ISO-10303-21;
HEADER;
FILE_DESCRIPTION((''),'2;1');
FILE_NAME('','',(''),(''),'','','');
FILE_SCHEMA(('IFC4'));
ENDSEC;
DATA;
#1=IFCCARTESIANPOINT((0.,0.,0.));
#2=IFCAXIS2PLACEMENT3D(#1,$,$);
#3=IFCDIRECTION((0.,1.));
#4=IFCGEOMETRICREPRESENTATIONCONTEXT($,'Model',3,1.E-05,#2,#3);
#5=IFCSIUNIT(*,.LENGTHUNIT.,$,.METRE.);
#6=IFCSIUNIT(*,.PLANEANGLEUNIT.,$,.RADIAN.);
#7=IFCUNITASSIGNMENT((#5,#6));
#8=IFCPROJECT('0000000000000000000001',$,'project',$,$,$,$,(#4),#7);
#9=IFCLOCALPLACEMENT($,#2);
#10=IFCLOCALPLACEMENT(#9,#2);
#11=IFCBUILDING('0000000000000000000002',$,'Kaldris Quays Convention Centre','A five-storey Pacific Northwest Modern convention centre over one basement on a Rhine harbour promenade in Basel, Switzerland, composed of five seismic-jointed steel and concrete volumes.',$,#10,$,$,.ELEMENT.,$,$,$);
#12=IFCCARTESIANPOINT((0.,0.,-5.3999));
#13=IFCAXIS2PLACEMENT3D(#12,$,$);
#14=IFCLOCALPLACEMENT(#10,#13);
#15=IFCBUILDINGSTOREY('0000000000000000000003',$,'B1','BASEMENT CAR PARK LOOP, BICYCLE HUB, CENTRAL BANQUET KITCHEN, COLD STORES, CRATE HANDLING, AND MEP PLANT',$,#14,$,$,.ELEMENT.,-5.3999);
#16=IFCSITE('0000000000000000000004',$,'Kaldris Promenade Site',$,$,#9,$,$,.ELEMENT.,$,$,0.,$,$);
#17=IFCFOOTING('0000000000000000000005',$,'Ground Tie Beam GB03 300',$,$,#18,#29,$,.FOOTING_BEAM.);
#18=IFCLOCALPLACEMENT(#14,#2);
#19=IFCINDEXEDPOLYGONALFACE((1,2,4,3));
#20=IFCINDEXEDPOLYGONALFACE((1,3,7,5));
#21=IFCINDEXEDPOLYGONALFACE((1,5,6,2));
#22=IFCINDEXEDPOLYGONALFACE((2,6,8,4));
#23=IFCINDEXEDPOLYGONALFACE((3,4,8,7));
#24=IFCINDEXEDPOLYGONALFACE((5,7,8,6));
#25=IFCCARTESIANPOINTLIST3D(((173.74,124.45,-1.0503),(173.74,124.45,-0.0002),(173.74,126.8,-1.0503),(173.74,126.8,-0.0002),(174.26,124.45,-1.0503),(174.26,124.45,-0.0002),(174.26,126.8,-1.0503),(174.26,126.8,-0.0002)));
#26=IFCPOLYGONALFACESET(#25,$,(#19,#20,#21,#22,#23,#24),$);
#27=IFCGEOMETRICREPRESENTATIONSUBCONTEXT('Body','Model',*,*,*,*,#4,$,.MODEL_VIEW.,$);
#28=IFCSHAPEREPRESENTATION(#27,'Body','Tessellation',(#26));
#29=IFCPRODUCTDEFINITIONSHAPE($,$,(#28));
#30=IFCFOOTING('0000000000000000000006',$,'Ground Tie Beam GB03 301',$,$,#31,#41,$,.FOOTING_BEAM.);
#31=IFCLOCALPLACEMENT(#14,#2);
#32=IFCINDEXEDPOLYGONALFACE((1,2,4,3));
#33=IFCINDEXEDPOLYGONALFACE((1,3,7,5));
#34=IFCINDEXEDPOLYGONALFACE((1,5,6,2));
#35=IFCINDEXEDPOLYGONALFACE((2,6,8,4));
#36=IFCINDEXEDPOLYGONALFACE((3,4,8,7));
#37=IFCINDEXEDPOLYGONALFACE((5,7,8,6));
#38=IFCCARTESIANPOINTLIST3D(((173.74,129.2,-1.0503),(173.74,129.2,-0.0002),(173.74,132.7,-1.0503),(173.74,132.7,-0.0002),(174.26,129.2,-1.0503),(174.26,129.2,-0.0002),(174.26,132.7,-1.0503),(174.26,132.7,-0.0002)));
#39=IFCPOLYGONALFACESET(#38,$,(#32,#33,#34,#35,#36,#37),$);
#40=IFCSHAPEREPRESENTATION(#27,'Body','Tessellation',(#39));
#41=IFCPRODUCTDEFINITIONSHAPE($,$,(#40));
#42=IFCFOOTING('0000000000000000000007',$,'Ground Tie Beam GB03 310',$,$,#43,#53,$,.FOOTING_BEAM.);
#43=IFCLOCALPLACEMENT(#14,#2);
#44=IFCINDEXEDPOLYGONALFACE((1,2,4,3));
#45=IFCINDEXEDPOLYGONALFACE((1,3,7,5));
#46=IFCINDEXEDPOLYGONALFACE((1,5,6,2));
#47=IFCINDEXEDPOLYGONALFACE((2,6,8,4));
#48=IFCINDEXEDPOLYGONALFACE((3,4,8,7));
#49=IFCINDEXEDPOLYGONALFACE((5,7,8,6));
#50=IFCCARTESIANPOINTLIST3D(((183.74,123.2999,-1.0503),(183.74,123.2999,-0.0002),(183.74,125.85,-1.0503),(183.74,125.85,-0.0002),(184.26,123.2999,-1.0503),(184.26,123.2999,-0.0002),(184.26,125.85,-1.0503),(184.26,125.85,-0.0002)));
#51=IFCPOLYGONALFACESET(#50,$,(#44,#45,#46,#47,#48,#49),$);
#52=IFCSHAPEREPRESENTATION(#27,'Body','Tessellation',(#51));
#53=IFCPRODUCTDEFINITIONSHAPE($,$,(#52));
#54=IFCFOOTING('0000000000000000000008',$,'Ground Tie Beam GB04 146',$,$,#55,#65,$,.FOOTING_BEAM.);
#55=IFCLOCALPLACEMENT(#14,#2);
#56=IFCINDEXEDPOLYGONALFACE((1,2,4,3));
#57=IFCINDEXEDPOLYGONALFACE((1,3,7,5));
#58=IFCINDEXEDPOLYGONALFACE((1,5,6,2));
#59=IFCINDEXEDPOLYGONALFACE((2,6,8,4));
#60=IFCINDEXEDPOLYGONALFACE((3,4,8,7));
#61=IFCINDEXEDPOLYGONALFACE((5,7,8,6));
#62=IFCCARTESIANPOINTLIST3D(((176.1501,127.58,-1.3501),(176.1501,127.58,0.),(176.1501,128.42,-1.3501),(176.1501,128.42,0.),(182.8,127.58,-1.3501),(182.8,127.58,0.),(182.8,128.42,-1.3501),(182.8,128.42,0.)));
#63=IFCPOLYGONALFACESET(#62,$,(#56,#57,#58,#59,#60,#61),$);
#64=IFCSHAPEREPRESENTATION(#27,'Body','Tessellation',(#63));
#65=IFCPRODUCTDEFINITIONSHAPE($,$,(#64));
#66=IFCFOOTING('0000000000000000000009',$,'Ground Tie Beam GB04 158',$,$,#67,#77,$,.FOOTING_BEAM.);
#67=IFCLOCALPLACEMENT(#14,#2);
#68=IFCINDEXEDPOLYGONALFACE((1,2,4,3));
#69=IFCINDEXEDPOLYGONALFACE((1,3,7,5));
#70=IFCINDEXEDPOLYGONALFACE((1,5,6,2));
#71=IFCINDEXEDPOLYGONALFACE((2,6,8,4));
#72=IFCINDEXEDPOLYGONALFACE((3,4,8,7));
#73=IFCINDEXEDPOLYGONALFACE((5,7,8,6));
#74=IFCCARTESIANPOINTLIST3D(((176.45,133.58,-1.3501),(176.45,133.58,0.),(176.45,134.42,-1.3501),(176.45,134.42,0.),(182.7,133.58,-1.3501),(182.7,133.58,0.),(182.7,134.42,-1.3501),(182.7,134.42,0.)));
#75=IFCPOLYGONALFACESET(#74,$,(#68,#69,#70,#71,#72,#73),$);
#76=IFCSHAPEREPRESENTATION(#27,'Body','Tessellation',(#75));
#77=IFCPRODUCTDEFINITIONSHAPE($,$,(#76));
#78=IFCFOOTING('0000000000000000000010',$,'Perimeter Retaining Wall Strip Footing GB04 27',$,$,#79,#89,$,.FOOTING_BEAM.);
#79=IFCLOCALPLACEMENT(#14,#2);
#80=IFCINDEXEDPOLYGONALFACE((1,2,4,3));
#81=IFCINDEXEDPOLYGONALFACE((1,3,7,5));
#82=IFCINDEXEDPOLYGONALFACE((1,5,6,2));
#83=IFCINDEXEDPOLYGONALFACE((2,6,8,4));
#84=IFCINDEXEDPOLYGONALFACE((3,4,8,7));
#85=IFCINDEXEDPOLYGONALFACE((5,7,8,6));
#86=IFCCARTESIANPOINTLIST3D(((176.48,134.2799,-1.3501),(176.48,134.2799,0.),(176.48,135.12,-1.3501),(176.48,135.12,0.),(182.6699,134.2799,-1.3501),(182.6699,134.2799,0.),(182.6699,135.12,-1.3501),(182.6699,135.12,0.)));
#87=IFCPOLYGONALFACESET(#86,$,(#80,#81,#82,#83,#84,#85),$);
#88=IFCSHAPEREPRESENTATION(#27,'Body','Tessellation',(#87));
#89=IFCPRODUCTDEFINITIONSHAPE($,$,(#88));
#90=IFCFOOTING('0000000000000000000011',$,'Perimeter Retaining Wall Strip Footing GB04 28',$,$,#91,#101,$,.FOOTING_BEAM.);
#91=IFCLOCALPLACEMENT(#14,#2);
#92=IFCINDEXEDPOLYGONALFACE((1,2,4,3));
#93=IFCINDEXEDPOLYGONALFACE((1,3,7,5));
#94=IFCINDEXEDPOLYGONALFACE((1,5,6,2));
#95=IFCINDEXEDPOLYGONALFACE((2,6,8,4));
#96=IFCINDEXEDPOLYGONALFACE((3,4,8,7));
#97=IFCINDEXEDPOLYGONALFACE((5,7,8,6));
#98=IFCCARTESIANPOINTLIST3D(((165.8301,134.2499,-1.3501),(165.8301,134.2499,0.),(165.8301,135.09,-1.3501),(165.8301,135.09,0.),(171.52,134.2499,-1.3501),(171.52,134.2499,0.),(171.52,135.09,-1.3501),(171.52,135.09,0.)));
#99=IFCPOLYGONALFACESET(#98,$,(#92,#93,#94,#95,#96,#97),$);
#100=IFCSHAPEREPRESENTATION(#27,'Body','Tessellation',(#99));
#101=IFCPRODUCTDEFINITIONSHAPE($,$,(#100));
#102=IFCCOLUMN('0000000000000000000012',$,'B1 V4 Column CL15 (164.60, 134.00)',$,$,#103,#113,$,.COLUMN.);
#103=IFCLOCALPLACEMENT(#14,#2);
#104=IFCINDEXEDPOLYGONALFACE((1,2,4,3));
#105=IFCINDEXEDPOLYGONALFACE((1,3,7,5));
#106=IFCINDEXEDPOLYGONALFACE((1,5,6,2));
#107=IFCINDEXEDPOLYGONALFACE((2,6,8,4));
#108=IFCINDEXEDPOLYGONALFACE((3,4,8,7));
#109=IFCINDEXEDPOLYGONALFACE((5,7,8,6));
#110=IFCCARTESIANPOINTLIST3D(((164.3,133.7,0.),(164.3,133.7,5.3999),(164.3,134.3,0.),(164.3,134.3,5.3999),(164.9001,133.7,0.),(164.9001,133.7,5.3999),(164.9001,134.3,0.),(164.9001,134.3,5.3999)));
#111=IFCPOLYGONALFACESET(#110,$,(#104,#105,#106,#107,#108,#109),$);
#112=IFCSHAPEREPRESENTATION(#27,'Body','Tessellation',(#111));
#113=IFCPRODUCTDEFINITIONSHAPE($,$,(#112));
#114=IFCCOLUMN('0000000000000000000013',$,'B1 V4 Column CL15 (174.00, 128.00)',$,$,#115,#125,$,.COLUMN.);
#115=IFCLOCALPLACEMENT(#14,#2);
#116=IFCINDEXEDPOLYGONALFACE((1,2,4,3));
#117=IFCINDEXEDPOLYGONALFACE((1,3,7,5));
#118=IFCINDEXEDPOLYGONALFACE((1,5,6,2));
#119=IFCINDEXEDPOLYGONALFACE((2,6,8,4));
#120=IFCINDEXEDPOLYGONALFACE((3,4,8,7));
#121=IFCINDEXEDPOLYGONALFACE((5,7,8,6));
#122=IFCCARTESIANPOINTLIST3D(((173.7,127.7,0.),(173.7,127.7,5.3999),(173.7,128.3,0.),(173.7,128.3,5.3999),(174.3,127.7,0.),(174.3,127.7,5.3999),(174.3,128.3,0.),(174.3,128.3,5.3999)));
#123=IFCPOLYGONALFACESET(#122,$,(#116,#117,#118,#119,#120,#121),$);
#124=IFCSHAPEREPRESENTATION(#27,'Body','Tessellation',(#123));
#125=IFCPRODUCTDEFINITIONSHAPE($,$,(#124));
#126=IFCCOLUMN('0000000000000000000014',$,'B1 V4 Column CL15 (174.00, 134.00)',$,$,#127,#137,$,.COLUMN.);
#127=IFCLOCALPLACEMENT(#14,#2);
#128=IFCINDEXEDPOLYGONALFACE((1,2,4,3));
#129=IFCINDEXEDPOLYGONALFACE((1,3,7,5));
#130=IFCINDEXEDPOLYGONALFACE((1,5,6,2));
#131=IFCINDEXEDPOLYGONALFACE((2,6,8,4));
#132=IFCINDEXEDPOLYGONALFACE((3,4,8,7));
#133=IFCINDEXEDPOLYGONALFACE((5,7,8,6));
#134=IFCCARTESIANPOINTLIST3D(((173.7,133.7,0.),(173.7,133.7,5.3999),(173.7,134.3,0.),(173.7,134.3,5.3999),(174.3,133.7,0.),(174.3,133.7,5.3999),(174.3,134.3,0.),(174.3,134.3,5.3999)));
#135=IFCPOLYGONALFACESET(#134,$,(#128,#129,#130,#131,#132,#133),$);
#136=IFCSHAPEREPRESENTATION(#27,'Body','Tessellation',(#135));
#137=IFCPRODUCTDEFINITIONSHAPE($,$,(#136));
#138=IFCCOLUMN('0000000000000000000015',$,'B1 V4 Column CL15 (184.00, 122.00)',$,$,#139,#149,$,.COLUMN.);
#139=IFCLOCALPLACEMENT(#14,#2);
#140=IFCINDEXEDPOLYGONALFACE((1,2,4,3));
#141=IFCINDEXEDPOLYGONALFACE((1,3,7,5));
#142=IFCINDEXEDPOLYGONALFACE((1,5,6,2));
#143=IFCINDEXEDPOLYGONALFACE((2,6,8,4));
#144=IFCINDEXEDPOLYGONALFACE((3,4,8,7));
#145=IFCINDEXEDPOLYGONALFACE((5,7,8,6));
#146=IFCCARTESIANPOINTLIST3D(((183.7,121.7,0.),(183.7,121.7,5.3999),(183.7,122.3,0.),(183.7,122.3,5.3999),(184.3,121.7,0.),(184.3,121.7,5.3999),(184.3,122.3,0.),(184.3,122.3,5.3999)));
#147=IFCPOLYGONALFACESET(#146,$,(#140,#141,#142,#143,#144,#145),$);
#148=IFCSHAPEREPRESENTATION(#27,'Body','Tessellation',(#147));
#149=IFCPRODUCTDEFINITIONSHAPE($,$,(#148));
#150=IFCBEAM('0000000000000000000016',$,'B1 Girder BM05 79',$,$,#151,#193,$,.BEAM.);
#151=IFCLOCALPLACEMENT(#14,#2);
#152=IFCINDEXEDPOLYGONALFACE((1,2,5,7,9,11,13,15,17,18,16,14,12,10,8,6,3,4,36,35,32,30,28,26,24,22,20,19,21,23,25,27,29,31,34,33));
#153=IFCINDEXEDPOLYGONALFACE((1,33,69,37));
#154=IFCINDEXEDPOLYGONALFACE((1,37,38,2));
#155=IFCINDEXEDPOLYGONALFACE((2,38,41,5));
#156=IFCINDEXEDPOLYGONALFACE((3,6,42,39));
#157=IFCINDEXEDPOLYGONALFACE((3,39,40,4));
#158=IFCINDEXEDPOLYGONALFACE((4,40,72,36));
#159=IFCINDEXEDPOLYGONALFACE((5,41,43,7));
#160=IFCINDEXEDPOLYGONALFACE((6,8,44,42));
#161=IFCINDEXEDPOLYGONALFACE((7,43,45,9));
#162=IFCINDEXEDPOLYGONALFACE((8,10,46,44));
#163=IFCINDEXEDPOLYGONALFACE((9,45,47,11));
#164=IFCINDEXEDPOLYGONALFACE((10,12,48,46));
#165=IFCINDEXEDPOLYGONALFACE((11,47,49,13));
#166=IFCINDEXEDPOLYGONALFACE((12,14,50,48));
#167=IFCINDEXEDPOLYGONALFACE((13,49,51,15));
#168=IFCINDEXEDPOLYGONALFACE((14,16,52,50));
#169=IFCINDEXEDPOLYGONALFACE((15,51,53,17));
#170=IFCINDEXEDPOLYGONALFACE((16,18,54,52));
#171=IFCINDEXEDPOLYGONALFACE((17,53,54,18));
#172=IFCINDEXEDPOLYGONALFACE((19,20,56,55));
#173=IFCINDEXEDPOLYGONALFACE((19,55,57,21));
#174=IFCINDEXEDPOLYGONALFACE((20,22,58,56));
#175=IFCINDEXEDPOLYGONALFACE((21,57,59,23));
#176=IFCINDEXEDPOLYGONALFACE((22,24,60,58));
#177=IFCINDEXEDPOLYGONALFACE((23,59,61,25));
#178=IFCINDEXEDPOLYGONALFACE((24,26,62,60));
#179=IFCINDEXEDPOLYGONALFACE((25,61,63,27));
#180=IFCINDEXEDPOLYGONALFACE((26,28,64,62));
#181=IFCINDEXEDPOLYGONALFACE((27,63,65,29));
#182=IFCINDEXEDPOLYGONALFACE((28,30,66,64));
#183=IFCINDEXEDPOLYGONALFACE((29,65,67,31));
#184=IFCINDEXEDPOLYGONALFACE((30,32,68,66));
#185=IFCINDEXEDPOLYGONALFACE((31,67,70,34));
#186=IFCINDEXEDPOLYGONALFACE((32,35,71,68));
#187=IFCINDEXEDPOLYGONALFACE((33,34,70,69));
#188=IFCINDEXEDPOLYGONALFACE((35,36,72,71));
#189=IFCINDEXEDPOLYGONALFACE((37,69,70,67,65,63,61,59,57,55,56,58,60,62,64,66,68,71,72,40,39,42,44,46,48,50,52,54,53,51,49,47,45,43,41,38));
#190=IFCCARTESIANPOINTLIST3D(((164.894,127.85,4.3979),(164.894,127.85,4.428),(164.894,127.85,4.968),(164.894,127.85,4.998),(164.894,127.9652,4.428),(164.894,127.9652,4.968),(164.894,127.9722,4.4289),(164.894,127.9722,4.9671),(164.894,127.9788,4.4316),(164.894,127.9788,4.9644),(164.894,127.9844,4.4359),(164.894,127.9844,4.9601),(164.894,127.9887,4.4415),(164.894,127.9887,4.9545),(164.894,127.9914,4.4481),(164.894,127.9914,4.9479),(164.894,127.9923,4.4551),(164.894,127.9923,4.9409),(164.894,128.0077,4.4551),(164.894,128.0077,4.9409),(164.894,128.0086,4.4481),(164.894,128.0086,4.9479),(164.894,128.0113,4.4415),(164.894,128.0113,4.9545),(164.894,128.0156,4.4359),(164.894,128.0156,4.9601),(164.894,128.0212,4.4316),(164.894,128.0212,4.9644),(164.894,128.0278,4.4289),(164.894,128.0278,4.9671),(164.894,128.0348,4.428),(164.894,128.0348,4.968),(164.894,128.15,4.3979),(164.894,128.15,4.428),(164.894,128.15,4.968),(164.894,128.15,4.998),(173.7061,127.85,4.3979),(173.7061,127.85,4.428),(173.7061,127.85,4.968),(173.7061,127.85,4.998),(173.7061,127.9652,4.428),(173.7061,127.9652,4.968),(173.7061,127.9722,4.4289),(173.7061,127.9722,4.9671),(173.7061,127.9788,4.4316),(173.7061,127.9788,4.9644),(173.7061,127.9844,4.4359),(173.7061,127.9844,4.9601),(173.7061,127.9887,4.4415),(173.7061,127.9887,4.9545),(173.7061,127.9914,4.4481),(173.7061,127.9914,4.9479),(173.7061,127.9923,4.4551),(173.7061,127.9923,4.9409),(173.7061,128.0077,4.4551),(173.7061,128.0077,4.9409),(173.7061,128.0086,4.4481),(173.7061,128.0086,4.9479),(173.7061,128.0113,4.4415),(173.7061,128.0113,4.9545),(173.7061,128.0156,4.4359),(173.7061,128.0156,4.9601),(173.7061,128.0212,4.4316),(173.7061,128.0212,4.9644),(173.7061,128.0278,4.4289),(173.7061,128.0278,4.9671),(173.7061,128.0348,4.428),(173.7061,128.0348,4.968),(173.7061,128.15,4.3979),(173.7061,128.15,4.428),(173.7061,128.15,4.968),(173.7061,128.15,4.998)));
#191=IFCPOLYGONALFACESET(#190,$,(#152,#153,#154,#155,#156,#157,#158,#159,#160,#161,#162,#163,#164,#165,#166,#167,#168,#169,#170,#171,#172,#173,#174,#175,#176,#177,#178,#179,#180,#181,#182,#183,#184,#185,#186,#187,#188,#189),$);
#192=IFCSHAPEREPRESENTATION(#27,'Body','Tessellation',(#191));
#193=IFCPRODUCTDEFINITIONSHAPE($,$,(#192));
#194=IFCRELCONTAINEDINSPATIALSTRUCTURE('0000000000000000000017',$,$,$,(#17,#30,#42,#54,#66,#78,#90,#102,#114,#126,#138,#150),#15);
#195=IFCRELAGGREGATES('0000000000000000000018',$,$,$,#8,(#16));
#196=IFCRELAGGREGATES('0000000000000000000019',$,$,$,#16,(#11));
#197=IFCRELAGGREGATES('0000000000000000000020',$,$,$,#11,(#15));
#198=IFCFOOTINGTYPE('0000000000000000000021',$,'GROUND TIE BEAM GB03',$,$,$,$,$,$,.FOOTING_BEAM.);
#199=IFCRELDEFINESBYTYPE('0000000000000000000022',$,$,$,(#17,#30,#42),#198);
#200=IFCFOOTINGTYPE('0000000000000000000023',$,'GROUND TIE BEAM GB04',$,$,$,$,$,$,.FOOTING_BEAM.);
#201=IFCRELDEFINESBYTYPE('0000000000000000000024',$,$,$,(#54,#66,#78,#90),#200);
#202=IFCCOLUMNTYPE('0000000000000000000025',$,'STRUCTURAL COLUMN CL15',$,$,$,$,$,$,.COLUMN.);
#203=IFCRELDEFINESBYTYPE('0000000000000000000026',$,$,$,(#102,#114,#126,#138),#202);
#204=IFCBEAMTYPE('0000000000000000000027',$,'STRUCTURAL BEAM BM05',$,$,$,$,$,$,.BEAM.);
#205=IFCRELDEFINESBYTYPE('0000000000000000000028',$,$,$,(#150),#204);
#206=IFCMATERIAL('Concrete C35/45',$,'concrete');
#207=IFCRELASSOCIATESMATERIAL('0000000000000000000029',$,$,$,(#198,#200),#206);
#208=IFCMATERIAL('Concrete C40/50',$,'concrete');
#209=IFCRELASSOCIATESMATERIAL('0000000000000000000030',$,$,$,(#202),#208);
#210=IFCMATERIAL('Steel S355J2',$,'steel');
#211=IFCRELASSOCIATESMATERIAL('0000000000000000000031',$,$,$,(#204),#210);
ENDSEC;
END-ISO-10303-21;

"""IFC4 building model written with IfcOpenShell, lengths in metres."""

from ifc_helpers import new_model, si_unit, direction, frame, origin, origin_2d, place, context, subcontext, project, spatial, rectangle, i_section, extrude, material, material_profile, profile_set, type_object, element, save


model = new_model("IFC4")

# Units and contexts
model_context = context("Model", 3, precision=1e-05, world=origin(), true_north=direction((0.0, 1.0)))
body_context = subcontext(model_context, "Body", "Model", "MODEL_VIEW")
ifc_project = project(units=[si_unit("LENGTHUNIT", "METRE"), si_unit("PLANEANGLEUNIT", "RADIAN")], contexts=[model_context])

# Site, building, storey
site_placement = place(None, origin())
site = spatial("IfcSite", under=ifc_project, at=site_placement, Name="Kaldris Promenade Site", CompositionType="ELEMENT", RefElevation=0.0)
building_placement = place(site_placement, origin())
building = spatial("IfcBuilding", under=site, at=building_placement, Name="Kaldris Quays Convention Centre", Description="A five-storey Pacific Northwest Modern convention centre over one basement on a Rhine harbour promenade in Basel, Switzerland, composed of five seismic-jointed steel and concrete volumes.", CompositionType="ELEMENT")
storey_placement = place(building_placement, frame((0.0, 0.0, -5.3999)))
storey = spatial("IfcBuildingStorey", under=building, at=storey_placement, Name="B1", Description="BASEMENT CAR PARK LOOP, BICYCLE HUB, CENTRAL BANQUET KITCHEN, COLD STORES, CRATE HANDLING, AND MEP PLANT", CompositionType="ELEMENT", Elevation=-5.3999)

# Shared definitions
ifc_material_1 = material(Name="Concrete C35/45", Category="concrete")

# Footings
footing_type_1 = type_object("IfcFootingType", Name="GROUND TIE BEAM GB03", PredefinedType="FOOTING_BEAM", material=ifc_material_1)
footing_1_placement = place(storey_placement, frame((174.0, 125.625, -1.0503), z_axis=(0.0, 0.0, 1.0), x_axis=(1.0, 0.0, 0.0)))
element("IfcFooting", 1, at=footing_1_placement, inside=storey, type_object=footing_type_1, Name="Ground Tie Beam GB03 300", PredefinedType="FOOTING_BEAM", context=body_context, shape_type="SweptSolid", body=[
    extrude(rectangle(XDim=0.52, YDim=2.3501, at=origin_2d()), origin(), (0.0, 0.0, 1.0), 1.05),
])
footing_2_placement = place(storey_placement, frame((174.0, 130.95, -1.0503), z_axis=(0.0, 0.0, 1.0), x_axis=(1.0, 0.0, 0.0)))
element("IfcFooting", 2, at=footing_2_placement, inside=storey, type_object=footing_type_1, Name="Ground Tie Beam GB03 301", PredefinedType="FOOTING_BEAM", context=body_context, shape_type="SweptSolid", body=[
    extrude(rectangle(XDim=0.52, YDim=3.5, at=origin_2d()), origin(), (0.0, 0.0, 1.0), 1.05),
])
footing_3_placement = place(storey_placement, frame((184.0, 124.575, -1.0503), z_axis=(0.0, 0.0, 1.0), x_axis=(1.0, 0.0, 0.0)))
element("IfcFooting", 3, at=footing_3_placement, inside=storey, type_object=footing_type_1, Name="Ground Tie Beam GB03 310", PredefinedType="FOOTING_BEAM", context=body_context, shape_type="SweptSolid", body=[
    extrude(rectangle(XDim=0.52, YDim=2.55, at=origin_2d()), origin(), (0.0, 0.0, 1.0), 1.05),
])
footing_type_2 = type_object("IfcFootingType", Name="GROUND TIE BEAM GB04", PredefinedType="FOOTING_BEAM", material=ifc_material_1)
footing_4_placement = place(storey_placement, frame((179.4751, 128.0, -1.3501), z_axis=(0.0, 0.0, 1.0), x_axis=(1.0, 0.0, 0.0)))
element("IfcFooting", 4, at=footing_4_placement, inside=storey, type_object=footing_type_2, Name="Ground Tie Beam GB04 146", PredefinedType="FOOTING_BEAM", context=body_context, shape_type="SweptSolid", body=[
    extrude(rectangle(XDim=6.6499, YDim=0.8401, at=origin_2d()), origin(), (0.0, 0.0, 1.0), 1.3501),
])
footing_5_placement = place(storey_placement, frame((179.575, 134.0, -1.3501), z_axis=(0.0, 0.0, 1.0), x_axis=(1.0, 0.0, 0.0)))
element("IfcFooting", 5, at=footing_5_placement, inside=storey, type_object=footing_type_2, Name="Ground Tie Beam GB04 158", PredefinedType="FOOTING_BEAM", context=body_context, shape_type="SweptSolid", body=[
    extrude(rectangle(XDim=6.25, YDim=0.8401, at=origin_2d()), origin(), (0.0, 0.0, 1.0), 1.3501),
])
footing_6_placement = place(storey_placement, frame((179.575, 134.7, -1.3501), z_axis=(0.0, 0.0, 1.0), x_axis=(1.0, 0.0, 0.0)))
element("IfcFooting", 6, at=footing_6_placement, inside=storey, type_object=footing_type_2, Name="Perimeter Retaining Wall Strip Footing GB04 27", PredefinedType="FOOTING_BEAM", context=body_context, shape_type="SweptSolid", body=[
    extrude(rectangle(XDim=6.1899, YDim=0.8401, at=origin_2d()), origin(), (0.0, 0.0, 1.0), 1.3501),
])
footing_7_placement = place(storey_placement, frame((168.675, 134.6699, -1.3501), z_axis=(0.0, 0.0, 1.0), x_axis=(1.0, 0.0, 0.0)))
element("IfcFooting", 7, at=footing_7_placement, inside=storey, type_object=footing_type_2, Name="Perimeter Retaining Wall Strip Footing GB04 28", PredefinedType="FOOTING_BEAM", context=body_context, shape_type="SweptSolid", body=[
    extrude(rectangle(XDim=5.6899, YDim=0.8401, at=origin_2d()), origin(), (0.0, 0.0, 1.0), 1.3501),
])

# Columns
ifc_material_2 = material(Name="Concrete C40/50", Category="concrete")
ifc_material_profile_1 = material_profile(ifc_material_2, rectangle(XDim=0.6001, YDim=0.6001, at=origin_2d()), Name="RC 600x600")
ifc_profile_set_1 = profile_set([ifc_material_profile_1], Name="Concrete C40/50")
column_type = type_object("IfcColumnType", Name="STRUCTURAL COLUMN CL15", PredefinedType="COLUMN", material=ifc_profile_set_1)
for number, where, z_axis, x_axis, name in (
    (8, (164.6001, 134.0, 0.0), (0.0, 0.0, 1.0), (1.0, 0.0, 0.0), "B1 V4 Column CL15 (164.60, 134.00)"),
    (9, (174.0, 128.0, 0.0), (0.0, 0.0, 1.0), (1.0, 0.0, 0.0), "B1 V4 Column CL15 (174.00, 128.00)"),
    (10, (174.0, 134.0, 0.0), (0.0, 0.0, 1.0), (1.0, 0.0, 0.0), "B1 V4 Column CL15 (174.00, 134.00)"),
    (11, (184.0, 122.0, 0.0), (0.0, 0.0, 1.0), (1.0, 0.0, 0.0), "B1 V4 Column CL15 (184.00, 122.00)"),
):
    element("IfcColumn", number, at=place(storey_placement, frame(where, z_axis=z_axis, x_axis=x_axis)), inside=storey, type_object=column_type, Name=name, PredefinedType="COLUMN", context=body_context, shape_type="SweptSolid", body=[
        extrude(rectangle(XDim=0.6001, YDim=0.6001, at=origin_2d()), origin(), (0.0, 0.0, 1.0), 5.3999),
    ])

# Beam
ifc_material_3 = material(Name="Steel S355J2", Category="steel")
ifc_material_profile_2 = material_profile(ifc_material_3, i_section(OverallWidth=0.3, OverallDepth=0.6001, WebThickness=0.0154, FlangeThickness=0.03, FilletRadius=0.0271, at=origin_2d()), Name="HEB 600")
ifc_profile_set_2 = profile_set([ifc_material_profile_2], Name="Steel S355J2")
beam_type_1 = type_object("IfcBeamType", Name="STRUCTURAL BEAM BM05", PredefinedType="BEAM", material=ifc_profile_set_2)
beam_1_placement = place(storey_placement, frame((164.894, 128.0, 4.698), z_axis=(1.0, 0.0, 0.0), x_axis=(0.0, 1.0, 0.0)))
element("IfcBeam", 12, at=beam_1_placement, inside=storey, type_object=beam_type_1, Name="B1 Girder BM05 79", PredefinedType="BEAM", context=body_context, shape_type="SweptSolid", body=[
    extrude(i_section(OverallWidth=0.3, OverallDepth=0.6001, WebThickness=0.0154, FlangeThickness=0.03, FilletRadius=0.0271, at=origin_2d()), origin(), (0.0, 0.0, 1.0), 8.812),
])

save(model, "model.ifc")
